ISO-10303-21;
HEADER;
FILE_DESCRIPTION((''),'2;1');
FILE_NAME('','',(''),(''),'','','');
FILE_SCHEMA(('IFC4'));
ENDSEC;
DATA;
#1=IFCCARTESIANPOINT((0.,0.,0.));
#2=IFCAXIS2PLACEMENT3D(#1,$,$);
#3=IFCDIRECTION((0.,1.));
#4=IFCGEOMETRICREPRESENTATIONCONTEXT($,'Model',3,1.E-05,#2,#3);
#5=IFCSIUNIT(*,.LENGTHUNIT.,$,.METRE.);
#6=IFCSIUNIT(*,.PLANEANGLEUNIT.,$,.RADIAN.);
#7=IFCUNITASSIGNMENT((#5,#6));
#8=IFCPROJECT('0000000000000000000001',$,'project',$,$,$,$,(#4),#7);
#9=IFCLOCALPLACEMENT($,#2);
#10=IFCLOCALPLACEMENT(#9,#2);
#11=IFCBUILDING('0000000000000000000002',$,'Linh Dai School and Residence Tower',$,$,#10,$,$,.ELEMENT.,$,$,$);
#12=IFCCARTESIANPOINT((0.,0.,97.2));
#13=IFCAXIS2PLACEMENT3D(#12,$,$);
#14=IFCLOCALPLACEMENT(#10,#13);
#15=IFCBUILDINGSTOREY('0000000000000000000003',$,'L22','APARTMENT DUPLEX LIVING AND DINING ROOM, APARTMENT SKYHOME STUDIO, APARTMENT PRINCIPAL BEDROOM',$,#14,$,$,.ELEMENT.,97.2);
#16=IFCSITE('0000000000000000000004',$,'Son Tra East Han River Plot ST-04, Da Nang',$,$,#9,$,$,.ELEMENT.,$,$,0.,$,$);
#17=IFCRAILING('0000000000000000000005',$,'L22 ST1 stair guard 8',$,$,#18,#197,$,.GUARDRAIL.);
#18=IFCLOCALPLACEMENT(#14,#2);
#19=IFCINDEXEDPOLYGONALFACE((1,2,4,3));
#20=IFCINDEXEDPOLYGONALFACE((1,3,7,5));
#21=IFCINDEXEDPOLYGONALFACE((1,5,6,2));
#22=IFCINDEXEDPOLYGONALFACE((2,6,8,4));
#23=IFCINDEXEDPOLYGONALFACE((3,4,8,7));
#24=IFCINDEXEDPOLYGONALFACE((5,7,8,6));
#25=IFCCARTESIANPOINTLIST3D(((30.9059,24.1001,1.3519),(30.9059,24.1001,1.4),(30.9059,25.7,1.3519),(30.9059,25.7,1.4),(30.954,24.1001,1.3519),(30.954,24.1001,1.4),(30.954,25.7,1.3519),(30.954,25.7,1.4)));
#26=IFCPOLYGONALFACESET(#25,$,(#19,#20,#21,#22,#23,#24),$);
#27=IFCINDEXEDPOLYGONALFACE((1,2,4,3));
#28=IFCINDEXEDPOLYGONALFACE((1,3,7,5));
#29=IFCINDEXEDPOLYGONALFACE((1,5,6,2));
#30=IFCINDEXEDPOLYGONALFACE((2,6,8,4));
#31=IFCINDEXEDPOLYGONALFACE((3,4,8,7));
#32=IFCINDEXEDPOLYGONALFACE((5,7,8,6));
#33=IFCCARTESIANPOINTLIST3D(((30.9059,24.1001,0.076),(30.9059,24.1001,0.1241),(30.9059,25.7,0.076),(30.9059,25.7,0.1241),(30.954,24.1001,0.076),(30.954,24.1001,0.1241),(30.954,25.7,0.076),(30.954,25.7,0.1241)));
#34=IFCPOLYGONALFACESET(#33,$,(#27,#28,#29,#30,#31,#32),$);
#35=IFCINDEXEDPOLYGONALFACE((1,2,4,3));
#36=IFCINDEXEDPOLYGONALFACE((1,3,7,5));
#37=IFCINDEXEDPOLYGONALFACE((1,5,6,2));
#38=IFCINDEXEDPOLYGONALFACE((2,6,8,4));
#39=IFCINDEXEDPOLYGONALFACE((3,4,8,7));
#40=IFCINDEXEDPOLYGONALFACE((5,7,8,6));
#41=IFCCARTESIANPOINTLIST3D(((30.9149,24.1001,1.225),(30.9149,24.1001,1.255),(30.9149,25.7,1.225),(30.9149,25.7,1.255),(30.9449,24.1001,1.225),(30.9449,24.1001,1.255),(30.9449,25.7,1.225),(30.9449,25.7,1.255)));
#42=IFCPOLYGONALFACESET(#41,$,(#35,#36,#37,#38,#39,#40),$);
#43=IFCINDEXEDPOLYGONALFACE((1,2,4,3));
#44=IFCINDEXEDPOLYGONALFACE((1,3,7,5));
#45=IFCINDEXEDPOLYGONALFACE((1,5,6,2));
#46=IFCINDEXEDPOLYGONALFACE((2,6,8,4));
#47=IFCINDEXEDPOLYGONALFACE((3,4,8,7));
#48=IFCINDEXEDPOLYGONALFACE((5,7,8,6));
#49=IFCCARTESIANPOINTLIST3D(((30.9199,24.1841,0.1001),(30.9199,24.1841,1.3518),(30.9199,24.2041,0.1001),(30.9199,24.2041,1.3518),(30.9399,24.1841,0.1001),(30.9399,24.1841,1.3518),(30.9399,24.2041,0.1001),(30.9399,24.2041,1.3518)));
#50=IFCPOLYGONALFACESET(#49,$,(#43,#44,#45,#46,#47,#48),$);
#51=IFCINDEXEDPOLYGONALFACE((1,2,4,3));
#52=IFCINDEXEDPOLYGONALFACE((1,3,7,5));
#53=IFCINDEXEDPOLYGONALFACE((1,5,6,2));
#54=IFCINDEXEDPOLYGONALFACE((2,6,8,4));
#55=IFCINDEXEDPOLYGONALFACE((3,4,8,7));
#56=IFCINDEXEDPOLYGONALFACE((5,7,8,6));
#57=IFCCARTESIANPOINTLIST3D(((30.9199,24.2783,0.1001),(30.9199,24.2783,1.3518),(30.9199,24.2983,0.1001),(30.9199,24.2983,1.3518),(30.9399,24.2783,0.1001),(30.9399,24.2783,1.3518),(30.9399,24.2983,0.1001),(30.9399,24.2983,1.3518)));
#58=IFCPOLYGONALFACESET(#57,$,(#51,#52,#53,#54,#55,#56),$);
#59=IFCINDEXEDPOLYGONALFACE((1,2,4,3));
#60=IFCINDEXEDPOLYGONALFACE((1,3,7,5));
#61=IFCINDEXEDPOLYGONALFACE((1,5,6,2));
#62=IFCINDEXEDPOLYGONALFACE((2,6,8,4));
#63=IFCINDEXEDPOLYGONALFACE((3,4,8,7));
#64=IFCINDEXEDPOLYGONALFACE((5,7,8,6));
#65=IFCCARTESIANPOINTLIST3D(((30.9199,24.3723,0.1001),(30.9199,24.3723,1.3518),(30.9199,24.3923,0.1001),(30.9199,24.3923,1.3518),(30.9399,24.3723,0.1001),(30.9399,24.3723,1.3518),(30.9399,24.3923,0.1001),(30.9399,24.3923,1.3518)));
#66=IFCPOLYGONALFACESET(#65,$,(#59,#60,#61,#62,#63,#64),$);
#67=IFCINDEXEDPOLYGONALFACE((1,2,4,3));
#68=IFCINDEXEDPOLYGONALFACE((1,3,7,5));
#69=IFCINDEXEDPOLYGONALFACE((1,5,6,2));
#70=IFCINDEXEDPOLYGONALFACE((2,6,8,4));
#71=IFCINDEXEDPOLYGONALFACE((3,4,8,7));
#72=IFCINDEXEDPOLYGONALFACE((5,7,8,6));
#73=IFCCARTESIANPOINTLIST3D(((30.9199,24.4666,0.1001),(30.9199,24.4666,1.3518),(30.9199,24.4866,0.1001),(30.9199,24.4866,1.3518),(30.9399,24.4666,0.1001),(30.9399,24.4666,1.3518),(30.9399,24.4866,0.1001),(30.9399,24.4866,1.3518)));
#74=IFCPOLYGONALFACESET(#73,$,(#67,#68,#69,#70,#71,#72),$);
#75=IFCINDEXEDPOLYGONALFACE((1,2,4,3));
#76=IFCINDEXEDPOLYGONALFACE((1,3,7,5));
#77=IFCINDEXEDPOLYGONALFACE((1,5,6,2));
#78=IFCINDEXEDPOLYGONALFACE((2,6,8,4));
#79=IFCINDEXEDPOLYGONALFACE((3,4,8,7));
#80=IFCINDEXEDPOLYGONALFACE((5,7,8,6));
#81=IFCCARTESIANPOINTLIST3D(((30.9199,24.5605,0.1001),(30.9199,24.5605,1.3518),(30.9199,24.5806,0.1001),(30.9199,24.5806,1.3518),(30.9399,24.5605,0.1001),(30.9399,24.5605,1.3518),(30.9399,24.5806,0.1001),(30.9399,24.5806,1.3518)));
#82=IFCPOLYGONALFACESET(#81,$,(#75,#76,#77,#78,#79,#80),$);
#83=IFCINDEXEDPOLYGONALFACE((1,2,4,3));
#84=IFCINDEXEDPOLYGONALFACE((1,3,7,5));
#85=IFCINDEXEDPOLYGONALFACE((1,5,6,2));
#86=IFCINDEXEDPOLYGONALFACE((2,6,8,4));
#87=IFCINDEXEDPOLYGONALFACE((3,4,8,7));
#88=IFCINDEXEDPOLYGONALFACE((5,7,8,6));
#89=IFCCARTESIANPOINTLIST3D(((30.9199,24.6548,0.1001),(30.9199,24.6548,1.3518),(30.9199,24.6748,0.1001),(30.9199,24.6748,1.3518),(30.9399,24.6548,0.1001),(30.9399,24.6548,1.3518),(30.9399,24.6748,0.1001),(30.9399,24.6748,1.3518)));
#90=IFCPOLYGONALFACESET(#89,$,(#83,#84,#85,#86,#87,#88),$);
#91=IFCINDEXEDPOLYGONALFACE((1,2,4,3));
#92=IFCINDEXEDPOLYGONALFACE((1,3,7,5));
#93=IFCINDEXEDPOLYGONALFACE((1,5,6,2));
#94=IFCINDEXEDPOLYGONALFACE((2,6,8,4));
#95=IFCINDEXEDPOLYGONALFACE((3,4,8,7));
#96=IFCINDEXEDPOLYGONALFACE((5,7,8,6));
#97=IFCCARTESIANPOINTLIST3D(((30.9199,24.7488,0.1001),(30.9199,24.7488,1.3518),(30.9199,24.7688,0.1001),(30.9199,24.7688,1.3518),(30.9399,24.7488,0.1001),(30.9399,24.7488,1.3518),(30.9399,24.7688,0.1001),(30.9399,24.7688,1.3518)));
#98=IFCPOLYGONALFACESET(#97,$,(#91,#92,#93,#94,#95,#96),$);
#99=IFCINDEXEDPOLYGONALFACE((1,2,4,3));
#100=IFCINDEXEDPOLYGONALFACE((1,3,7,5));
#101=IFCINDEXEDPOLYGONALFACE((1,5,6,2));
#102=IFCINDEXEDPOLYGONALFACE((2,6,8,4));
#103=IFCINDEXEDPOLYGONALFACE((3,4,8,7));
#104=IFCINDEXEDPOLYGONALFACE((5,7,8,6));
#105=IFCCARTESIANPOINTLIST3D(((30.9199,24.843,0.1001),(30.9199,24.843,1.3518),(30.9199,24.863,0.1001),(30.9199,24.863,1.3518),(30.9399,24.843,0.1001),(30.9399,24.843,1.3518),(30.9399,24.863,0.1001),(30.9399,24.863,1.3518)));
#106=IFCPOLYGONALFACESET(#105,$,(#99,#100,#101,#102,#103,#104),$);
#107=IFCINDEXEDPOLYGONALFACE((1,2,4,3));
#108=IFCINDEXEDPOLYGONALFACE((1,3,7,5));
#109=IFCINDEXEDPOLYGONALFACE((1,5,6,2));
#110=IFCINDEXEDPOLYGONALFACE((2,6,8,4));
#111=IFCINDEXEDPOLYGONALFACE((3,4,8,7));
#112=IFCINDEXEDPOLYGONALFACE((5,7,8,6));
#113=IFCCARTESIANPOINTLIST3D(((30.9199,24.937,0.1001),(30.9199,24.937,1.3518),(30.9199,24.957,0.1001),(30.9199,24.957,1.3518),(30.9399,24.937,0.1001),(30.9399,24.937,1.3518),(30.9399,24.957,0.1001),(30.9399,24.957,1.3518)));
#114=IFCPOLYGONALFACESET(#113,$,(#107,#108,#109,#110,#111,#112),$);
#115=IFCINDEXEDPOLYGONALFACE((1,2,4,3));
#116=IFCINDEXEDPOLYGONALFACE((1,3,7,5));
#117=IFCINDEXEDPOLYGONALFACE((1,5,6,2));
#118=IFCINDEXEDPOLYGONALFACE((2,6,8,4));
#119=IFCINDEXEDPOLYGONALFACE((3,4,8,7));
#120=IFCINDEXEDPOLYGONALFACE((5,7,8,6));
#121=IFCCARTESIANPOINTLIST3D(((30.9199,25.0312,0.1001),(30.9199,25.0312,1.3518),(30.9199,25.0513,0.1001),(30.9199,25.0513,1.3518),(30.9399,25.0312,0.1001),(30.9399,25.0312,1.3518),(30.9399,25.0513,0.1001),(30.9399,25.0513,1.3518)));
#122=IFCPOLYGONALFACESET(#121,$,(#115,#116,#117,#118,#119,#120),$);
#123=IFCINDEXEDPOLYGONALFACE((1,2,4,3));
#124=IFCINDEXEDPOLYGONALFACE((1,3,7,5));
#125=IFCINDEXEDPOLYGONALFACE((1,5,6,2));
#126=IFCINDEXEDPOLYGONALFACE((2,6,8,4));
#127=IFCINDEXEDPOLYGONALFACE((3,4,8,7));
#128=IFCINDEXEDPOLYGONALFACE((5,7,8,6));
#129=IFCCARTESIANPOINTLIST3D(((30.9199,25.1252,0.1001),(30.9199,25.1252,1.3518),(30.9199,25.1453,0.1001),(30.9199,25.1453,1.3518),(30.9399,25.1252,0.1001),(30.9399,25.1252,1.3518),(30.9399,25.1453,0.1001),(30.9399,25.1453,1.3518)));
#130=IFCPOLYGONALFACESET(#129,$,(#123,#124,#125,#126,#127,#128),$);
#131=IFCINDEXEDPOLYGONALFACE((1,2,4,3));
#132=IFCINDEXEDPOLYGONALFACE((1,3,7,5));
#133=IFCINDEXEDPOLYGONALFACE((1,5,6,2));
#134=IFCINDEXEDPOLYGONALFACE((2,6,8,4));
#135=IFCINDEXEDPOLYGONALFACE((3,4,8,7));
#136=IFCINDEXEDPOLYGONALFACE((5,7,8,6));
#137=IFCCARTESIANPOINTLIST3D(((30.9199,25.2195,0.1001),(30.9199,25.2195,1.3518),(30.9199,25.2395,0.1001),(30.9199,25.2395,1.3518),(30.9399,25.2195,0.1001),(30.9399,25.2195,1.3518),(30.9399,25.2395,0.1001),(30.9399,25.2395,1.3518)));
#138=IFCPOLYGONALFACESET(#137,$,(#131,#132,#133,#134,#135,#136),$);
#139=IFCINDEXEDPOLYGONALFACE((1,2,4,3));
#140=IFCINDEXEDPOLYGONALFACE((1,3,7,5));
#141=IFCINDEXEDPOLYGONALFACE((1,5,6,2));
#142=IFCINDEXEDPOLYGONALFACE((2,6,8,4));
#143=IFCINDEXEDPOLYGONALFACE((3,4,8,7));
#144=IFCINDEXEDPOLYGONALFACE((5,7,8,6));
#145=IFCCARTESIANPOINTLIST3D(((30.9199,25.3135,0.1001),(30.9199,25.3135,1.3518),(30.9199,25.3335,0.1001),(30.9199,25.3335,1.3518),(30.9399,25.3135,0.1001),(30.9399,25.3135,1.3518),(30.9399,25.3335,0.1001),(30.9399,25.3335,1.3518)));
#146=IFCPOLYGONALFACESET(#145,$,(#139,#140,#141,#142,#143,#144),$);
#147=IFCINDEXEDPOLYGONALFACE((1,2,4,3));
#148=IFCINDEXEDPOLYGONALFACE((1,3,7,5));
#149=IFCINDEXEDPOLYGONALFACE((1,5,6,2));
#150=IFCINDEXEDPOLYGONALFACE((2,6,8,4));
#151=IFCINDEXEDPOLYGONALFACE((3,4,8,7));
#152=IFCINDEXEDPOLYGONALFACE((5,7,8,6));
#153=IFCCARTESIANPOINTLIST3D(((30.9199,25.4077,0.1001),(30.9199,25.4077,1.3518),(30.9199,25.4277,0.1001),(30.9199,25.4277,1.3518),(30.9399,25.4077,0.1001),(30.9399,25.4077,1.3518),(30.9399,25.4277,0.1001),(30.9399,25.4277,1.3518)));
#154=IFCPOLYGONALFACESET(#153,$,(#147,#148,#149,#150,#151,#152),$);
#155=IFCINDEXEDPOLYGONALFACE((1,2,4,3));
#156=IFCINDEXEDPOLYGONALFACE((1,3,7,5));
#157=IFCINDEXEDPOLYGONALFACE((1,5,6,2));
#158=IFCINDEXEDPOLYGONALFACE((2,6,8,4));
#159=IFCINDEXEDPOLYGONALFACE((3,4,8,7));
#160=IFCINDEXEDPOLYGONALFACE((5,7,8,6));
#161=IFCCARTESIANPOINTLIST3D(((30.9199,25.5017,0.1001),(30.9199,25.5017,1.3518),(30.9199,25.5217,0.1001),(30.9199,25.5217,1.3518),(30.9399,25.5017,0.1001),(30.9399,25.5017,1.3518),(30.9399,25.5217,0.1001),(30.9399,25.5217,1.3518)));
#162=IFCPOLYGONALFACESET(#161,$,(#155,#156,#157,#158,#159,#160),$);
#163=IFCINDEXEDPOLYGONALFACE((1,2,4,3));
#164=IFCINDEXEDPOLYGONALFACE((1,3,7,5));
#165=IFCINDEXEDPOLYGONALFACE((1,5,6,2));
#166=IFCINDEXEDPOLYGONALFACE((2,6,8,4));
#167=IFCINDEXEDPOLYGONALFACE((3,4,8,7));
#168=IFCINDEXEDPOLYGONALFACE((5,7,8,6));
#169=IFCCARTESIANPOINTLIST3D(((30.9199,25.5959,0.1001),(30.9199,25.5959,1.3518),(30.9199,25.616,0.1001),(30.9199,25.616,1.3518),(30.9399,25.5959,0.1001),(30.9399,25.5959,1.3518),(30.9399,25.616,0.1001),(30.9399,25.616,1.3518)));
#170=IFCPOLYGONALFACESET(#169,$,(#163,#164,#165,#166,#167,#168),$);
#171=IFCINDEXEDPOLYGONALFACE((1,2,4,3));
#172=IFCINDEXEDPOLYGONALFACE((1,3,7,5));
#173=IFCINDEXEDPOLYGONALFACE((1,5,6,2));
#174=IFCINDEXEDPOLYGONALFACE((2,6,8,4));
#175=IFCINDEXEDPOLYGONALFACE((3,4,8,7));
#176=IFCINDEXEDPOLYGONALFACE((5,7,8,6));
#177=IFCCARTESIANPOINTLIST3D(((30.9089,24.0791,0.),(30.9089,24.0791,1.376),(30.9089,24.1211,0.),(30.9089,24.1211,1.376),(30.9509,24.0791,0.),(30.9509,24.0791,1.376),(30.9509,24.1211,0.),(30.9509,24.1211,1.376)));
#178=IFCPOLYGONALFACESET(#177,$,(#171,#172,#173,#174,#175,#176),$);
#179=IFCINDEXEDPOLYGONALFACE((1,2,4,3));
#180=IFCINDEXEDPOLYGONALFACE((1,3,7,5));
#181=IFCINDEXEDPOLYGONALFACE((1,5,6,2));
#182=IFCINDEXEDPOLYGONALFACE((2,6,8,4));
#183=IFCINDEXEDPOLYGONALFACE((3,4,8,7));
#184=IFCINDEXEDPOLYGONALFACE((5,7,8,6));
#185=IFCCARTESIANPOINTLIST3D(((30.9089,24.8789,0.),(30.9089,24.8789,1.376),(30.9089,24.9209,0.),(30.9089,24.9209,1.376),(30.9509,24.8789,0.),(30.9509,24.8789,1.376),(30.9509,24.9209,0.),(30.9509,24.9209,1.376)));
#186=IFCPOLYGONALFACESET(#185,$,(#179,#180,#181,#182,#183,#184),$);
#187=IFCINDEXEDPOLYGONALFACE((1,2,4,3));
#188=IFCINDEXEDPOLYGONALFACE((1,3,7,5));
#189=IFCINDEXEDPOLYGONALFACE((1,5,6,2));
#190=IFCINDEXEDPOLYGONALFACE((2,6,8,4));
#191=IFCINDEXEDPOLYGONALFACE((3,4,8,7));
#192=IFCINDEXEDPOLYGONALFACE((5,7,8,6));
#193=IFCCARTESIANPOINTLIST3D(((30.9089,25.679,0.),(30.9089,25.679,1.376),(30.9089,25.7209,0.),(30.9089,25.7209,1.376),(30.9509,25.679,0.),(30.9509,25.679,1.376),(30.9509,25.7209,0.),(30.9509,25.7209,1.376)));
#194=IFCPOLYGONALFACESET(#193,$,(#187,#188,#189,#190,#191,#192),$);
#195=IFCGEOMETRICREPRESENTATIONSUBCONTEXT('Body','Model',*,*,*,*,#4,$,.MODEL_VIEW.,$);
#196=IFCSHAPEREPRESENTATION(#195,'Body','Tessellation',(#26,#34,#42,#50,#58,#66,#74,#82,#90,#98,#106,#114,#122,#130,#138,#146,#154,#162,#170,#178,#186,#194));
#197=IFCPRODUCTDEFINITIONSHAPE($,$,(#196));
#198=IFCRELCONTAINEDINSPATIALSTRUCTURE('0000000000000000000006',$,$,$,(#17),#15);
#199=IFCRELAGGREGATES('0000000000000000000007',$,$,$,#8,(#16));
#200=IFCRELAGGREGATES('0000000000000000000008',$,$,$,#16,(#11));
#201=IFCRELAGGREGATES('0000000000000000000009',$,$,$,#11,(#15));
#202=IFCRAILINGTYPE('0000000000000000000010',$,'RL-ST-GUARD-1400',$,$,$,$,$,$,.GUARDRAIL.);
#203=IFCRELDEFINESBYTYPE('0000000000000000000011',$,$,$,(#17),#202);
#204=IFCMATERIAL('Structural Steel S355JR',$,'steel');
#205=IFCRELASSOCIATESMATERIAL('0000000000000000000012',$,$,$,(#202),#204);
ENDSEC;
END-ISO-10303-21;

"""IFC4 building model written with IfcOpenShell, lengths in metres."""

from ifc_helpers import new_model, si_unit, direction, frame, origin, origin_2d, place, context, subcontext, project, spatial, rectangle, extrude, source, transform, mapped, material, type_object, element, save


model = new_model("IFC4")

# Units and contexts
model_context = context("Model", 3, precision=1e-05, world=origin(), true_north=direction((0.0, 1.0)))
body_context = subcontext(model_context, "Body", "Model", "MODEL_VIEW")
ifc_project = project(units=[si_unit("LENGTHUNIT", "METRE"), si_unit("PLANEANGLEUNIT", "RADIAN")], contexts=[model_context])

# Site, building, storey
site_placement = place(None, origin())
site = spatial("IfcSite", under=ifc_project, at=site_placement, Name="Son Tra East Han River Plot ST-04, Da Nang", CompositionType="ELEMENT", RefElevation=0.0)
building_placement = place(site_placement, origin())
building = spatial("IfcBuilding", under=site, at=building_placement, Name="Linh Dai School and Residence Tower", CompositionType="ELEMENT")
storey_placement = place(building_placement, frame((0.0, 0.0, 97.2)))
storey = spatial("IfcBuildingStorey", under=building, at=storey_placement, Name="L22", Description="APARTMENT DUPLEX LIVING AND DINING ROOM, APARTMENT SKYHOME STUDIO, APARTMENT PRINCIPAL BEDROOM", CompositionType="ELEMENT", Elevation=97.2)

# Shared definitions
ifc_material_1 = material(Name="Structural Steel S355JR", Category="steel")

# Railing
railing_type = type_object("IfcRailingType", Name="RL-ST-GUARD-1400", PredefinedType="GUARDRAIL", material=ifc_material_1)
shared_shape_1 = source(origin(), body_context, "Body", "SweptSolid", [
    extrude(rectangle(XDim=0.0481, YDim=0.0481, at=origin_2d()), frame((0.0, 0.0, 1.376), z_axis=(0.0, 1.0, 0.0), x_axis=(-1.0, 0.0, 0.0)), (0.0, 0.0, 1.0), 1.5999),
    extrude(rectangle(XDim=0.0481, YDim=0.0481, at=origin_2d()), frame((0.0, 0.0, 0.1001), z_axis=(0.0, 1.0, 0.0), x_axis=(-1.0, 0.0, 0.0)), (0.0, 0.0, 1.0), 1.5999),
    extrude(rectangle(XDim=0.03, YDim=0.03, at=origin_2d()), frame((0.0, 0.0, 1.24), z_axis=(0.0, 1.0, 0.0), x_axis=(-1.0, 0.0, 0.0)), (0.0, 0.0, 1.0), 1.5999),
    extrude(rectangle(XDim=0.02, YDim=0.02, at=origin_2d()), frame((0.0, 0.094, 0.1001)), (0.0, 0.0, 1.0), 1.2517),
    extrude(rectangle(XDim=0.02, YDim=0.02, at=origin_2d()), frame((0.0, 0.1882, 0.1001)), (0.0, 0.0, 1.0), 1.2517),
    extrude(rectangle(XDim=0.02, YDim=0.02, at=origin_2d()), frame((0.0, 0.2822, 0.1001)), (0.0, 0.0, 1.0), 1.2517),
    extrude(rectangle(XDim=0.02, YDim=0.02, at=origin_2d()), frame((0.0, 0.3765, 0.1001)), (0.0, 0.0, 1.0), 1.2517),
    extrude(rectangle(XDim=0.02, YDim=0.02, at=origin_2d()), frame((0.0, 0.4705, 0.1001)), (0.0, 0.0, 1.0), 1.2517),
    extrude(rectangle(XDim=0.02, YDim=0.02, at=origin_2d()), frame((0.0, 0.5647, 0.1001)), (0.0, 0.0, 1.0), 1.2517),
    extrude(rectangle(XDim=0.02, YDim=0.02, at=origin_2d()), frame((0.0, 0.6587, 0.1001)), (0.0, 0.0, 1.0), 1.2517),
    extrude(rectangle(XDim=0.02, YDim=0.02, at=origin_2d()), frame((0.0, 0.7529, 0.1001)), (0.0, 0.0, 1.0), 1.2517),
    extrude(rectangle(XDim=0.02, YDim=0.02, at=origin_2d()), frame((0.0, 0.8469, 0.1001)), (0.0, 0.0, 1.0), 1.2517),
    extrude(rectangle(XDim=0.02, YDim=0.02, at=origin_2d()), frame((0.0, 0.9412, 0.1001)), (0.0, 0.0, 1.0), 1.2517),
    extrude(rectangle(XDim=0.02, YDim=0.02, at=origin_2d()), frame((0.0, 1.0352, 0.1001)), (0.0, 0.0, 1.0), 1.2517),
    extrude(rectangle(XDim=0.02, YDim=0.02, at=origin_2d()), frame((0.0, 1.1294, 0.1001)), (0.0, 0.0, 1.0), 1.2517),
    extrude(rectangle(XDim=0.02, YDim=0.02, at=origin_2d()), frame((0.0, 1.2234, 0.1001)), (0.0, 0.0, 1.0), 1.2517),
    extrude(rectangle(XDim=0.02, YDim=0.02, at=origin_2d()), frame((0.0, 1.3176, 0.1001)), (0.0, 0.0, 1.0), 1.2517),
    extrude(rectangle(XDim=0.02, YDim=0.02, at=origin_2d()), frame((0.0, 1.4116, 0.1001)), (0.0, 0.0, 1.0), 1.2517),
    extrude(rectangle(XDim=0.02, YDim=0.02, at=origin_2d()), frame((0.0, 1.5059, 0.1001)), (0.0, 0.0, 1.0), 1.2517),
    extrude(rectangle(XDim=0.042, YDim=0.042, at=origin_2d()), origin(), (0.0, 0.0, 1.0), 1.376),
    extrude(rectangle(XDim=0.042, YDim=0.042, at=origin_2d()), frame((0.0, 0.7998, 0.0)), (0.0, 0.0, 1.0), 1.376),
    extrude(rectangle(XDim=0.042, YDim=0.042, at=origin_2d()), frame((0.0, 1.5999, 0.0)), (0.0, 0.0, 1.0), 1.376),
])
for number, where, name in (
    (1, (30.9299, 24.1001, 0.0), "L22 ST1 stair guard 8"),
):
    element("IfcRailing", number, at=place(storey_placement, frame(where)), inside=storey, type_object=railing_type, Name=name, PredefinedType="GUARDRAIL", context=body_context, shape_type="MappedRepresentation", body=[
        mapped(shared_shape_1, transform((0.0, 0.0, 0.0), x_axis=(1.0, 0.0, 0.0), y_axis=(0.0, 1.0, 0.0), z_axis=(0.0, 0.0, 1.0), scale=1.0)),
    ])

save(model, "model.ifc")
